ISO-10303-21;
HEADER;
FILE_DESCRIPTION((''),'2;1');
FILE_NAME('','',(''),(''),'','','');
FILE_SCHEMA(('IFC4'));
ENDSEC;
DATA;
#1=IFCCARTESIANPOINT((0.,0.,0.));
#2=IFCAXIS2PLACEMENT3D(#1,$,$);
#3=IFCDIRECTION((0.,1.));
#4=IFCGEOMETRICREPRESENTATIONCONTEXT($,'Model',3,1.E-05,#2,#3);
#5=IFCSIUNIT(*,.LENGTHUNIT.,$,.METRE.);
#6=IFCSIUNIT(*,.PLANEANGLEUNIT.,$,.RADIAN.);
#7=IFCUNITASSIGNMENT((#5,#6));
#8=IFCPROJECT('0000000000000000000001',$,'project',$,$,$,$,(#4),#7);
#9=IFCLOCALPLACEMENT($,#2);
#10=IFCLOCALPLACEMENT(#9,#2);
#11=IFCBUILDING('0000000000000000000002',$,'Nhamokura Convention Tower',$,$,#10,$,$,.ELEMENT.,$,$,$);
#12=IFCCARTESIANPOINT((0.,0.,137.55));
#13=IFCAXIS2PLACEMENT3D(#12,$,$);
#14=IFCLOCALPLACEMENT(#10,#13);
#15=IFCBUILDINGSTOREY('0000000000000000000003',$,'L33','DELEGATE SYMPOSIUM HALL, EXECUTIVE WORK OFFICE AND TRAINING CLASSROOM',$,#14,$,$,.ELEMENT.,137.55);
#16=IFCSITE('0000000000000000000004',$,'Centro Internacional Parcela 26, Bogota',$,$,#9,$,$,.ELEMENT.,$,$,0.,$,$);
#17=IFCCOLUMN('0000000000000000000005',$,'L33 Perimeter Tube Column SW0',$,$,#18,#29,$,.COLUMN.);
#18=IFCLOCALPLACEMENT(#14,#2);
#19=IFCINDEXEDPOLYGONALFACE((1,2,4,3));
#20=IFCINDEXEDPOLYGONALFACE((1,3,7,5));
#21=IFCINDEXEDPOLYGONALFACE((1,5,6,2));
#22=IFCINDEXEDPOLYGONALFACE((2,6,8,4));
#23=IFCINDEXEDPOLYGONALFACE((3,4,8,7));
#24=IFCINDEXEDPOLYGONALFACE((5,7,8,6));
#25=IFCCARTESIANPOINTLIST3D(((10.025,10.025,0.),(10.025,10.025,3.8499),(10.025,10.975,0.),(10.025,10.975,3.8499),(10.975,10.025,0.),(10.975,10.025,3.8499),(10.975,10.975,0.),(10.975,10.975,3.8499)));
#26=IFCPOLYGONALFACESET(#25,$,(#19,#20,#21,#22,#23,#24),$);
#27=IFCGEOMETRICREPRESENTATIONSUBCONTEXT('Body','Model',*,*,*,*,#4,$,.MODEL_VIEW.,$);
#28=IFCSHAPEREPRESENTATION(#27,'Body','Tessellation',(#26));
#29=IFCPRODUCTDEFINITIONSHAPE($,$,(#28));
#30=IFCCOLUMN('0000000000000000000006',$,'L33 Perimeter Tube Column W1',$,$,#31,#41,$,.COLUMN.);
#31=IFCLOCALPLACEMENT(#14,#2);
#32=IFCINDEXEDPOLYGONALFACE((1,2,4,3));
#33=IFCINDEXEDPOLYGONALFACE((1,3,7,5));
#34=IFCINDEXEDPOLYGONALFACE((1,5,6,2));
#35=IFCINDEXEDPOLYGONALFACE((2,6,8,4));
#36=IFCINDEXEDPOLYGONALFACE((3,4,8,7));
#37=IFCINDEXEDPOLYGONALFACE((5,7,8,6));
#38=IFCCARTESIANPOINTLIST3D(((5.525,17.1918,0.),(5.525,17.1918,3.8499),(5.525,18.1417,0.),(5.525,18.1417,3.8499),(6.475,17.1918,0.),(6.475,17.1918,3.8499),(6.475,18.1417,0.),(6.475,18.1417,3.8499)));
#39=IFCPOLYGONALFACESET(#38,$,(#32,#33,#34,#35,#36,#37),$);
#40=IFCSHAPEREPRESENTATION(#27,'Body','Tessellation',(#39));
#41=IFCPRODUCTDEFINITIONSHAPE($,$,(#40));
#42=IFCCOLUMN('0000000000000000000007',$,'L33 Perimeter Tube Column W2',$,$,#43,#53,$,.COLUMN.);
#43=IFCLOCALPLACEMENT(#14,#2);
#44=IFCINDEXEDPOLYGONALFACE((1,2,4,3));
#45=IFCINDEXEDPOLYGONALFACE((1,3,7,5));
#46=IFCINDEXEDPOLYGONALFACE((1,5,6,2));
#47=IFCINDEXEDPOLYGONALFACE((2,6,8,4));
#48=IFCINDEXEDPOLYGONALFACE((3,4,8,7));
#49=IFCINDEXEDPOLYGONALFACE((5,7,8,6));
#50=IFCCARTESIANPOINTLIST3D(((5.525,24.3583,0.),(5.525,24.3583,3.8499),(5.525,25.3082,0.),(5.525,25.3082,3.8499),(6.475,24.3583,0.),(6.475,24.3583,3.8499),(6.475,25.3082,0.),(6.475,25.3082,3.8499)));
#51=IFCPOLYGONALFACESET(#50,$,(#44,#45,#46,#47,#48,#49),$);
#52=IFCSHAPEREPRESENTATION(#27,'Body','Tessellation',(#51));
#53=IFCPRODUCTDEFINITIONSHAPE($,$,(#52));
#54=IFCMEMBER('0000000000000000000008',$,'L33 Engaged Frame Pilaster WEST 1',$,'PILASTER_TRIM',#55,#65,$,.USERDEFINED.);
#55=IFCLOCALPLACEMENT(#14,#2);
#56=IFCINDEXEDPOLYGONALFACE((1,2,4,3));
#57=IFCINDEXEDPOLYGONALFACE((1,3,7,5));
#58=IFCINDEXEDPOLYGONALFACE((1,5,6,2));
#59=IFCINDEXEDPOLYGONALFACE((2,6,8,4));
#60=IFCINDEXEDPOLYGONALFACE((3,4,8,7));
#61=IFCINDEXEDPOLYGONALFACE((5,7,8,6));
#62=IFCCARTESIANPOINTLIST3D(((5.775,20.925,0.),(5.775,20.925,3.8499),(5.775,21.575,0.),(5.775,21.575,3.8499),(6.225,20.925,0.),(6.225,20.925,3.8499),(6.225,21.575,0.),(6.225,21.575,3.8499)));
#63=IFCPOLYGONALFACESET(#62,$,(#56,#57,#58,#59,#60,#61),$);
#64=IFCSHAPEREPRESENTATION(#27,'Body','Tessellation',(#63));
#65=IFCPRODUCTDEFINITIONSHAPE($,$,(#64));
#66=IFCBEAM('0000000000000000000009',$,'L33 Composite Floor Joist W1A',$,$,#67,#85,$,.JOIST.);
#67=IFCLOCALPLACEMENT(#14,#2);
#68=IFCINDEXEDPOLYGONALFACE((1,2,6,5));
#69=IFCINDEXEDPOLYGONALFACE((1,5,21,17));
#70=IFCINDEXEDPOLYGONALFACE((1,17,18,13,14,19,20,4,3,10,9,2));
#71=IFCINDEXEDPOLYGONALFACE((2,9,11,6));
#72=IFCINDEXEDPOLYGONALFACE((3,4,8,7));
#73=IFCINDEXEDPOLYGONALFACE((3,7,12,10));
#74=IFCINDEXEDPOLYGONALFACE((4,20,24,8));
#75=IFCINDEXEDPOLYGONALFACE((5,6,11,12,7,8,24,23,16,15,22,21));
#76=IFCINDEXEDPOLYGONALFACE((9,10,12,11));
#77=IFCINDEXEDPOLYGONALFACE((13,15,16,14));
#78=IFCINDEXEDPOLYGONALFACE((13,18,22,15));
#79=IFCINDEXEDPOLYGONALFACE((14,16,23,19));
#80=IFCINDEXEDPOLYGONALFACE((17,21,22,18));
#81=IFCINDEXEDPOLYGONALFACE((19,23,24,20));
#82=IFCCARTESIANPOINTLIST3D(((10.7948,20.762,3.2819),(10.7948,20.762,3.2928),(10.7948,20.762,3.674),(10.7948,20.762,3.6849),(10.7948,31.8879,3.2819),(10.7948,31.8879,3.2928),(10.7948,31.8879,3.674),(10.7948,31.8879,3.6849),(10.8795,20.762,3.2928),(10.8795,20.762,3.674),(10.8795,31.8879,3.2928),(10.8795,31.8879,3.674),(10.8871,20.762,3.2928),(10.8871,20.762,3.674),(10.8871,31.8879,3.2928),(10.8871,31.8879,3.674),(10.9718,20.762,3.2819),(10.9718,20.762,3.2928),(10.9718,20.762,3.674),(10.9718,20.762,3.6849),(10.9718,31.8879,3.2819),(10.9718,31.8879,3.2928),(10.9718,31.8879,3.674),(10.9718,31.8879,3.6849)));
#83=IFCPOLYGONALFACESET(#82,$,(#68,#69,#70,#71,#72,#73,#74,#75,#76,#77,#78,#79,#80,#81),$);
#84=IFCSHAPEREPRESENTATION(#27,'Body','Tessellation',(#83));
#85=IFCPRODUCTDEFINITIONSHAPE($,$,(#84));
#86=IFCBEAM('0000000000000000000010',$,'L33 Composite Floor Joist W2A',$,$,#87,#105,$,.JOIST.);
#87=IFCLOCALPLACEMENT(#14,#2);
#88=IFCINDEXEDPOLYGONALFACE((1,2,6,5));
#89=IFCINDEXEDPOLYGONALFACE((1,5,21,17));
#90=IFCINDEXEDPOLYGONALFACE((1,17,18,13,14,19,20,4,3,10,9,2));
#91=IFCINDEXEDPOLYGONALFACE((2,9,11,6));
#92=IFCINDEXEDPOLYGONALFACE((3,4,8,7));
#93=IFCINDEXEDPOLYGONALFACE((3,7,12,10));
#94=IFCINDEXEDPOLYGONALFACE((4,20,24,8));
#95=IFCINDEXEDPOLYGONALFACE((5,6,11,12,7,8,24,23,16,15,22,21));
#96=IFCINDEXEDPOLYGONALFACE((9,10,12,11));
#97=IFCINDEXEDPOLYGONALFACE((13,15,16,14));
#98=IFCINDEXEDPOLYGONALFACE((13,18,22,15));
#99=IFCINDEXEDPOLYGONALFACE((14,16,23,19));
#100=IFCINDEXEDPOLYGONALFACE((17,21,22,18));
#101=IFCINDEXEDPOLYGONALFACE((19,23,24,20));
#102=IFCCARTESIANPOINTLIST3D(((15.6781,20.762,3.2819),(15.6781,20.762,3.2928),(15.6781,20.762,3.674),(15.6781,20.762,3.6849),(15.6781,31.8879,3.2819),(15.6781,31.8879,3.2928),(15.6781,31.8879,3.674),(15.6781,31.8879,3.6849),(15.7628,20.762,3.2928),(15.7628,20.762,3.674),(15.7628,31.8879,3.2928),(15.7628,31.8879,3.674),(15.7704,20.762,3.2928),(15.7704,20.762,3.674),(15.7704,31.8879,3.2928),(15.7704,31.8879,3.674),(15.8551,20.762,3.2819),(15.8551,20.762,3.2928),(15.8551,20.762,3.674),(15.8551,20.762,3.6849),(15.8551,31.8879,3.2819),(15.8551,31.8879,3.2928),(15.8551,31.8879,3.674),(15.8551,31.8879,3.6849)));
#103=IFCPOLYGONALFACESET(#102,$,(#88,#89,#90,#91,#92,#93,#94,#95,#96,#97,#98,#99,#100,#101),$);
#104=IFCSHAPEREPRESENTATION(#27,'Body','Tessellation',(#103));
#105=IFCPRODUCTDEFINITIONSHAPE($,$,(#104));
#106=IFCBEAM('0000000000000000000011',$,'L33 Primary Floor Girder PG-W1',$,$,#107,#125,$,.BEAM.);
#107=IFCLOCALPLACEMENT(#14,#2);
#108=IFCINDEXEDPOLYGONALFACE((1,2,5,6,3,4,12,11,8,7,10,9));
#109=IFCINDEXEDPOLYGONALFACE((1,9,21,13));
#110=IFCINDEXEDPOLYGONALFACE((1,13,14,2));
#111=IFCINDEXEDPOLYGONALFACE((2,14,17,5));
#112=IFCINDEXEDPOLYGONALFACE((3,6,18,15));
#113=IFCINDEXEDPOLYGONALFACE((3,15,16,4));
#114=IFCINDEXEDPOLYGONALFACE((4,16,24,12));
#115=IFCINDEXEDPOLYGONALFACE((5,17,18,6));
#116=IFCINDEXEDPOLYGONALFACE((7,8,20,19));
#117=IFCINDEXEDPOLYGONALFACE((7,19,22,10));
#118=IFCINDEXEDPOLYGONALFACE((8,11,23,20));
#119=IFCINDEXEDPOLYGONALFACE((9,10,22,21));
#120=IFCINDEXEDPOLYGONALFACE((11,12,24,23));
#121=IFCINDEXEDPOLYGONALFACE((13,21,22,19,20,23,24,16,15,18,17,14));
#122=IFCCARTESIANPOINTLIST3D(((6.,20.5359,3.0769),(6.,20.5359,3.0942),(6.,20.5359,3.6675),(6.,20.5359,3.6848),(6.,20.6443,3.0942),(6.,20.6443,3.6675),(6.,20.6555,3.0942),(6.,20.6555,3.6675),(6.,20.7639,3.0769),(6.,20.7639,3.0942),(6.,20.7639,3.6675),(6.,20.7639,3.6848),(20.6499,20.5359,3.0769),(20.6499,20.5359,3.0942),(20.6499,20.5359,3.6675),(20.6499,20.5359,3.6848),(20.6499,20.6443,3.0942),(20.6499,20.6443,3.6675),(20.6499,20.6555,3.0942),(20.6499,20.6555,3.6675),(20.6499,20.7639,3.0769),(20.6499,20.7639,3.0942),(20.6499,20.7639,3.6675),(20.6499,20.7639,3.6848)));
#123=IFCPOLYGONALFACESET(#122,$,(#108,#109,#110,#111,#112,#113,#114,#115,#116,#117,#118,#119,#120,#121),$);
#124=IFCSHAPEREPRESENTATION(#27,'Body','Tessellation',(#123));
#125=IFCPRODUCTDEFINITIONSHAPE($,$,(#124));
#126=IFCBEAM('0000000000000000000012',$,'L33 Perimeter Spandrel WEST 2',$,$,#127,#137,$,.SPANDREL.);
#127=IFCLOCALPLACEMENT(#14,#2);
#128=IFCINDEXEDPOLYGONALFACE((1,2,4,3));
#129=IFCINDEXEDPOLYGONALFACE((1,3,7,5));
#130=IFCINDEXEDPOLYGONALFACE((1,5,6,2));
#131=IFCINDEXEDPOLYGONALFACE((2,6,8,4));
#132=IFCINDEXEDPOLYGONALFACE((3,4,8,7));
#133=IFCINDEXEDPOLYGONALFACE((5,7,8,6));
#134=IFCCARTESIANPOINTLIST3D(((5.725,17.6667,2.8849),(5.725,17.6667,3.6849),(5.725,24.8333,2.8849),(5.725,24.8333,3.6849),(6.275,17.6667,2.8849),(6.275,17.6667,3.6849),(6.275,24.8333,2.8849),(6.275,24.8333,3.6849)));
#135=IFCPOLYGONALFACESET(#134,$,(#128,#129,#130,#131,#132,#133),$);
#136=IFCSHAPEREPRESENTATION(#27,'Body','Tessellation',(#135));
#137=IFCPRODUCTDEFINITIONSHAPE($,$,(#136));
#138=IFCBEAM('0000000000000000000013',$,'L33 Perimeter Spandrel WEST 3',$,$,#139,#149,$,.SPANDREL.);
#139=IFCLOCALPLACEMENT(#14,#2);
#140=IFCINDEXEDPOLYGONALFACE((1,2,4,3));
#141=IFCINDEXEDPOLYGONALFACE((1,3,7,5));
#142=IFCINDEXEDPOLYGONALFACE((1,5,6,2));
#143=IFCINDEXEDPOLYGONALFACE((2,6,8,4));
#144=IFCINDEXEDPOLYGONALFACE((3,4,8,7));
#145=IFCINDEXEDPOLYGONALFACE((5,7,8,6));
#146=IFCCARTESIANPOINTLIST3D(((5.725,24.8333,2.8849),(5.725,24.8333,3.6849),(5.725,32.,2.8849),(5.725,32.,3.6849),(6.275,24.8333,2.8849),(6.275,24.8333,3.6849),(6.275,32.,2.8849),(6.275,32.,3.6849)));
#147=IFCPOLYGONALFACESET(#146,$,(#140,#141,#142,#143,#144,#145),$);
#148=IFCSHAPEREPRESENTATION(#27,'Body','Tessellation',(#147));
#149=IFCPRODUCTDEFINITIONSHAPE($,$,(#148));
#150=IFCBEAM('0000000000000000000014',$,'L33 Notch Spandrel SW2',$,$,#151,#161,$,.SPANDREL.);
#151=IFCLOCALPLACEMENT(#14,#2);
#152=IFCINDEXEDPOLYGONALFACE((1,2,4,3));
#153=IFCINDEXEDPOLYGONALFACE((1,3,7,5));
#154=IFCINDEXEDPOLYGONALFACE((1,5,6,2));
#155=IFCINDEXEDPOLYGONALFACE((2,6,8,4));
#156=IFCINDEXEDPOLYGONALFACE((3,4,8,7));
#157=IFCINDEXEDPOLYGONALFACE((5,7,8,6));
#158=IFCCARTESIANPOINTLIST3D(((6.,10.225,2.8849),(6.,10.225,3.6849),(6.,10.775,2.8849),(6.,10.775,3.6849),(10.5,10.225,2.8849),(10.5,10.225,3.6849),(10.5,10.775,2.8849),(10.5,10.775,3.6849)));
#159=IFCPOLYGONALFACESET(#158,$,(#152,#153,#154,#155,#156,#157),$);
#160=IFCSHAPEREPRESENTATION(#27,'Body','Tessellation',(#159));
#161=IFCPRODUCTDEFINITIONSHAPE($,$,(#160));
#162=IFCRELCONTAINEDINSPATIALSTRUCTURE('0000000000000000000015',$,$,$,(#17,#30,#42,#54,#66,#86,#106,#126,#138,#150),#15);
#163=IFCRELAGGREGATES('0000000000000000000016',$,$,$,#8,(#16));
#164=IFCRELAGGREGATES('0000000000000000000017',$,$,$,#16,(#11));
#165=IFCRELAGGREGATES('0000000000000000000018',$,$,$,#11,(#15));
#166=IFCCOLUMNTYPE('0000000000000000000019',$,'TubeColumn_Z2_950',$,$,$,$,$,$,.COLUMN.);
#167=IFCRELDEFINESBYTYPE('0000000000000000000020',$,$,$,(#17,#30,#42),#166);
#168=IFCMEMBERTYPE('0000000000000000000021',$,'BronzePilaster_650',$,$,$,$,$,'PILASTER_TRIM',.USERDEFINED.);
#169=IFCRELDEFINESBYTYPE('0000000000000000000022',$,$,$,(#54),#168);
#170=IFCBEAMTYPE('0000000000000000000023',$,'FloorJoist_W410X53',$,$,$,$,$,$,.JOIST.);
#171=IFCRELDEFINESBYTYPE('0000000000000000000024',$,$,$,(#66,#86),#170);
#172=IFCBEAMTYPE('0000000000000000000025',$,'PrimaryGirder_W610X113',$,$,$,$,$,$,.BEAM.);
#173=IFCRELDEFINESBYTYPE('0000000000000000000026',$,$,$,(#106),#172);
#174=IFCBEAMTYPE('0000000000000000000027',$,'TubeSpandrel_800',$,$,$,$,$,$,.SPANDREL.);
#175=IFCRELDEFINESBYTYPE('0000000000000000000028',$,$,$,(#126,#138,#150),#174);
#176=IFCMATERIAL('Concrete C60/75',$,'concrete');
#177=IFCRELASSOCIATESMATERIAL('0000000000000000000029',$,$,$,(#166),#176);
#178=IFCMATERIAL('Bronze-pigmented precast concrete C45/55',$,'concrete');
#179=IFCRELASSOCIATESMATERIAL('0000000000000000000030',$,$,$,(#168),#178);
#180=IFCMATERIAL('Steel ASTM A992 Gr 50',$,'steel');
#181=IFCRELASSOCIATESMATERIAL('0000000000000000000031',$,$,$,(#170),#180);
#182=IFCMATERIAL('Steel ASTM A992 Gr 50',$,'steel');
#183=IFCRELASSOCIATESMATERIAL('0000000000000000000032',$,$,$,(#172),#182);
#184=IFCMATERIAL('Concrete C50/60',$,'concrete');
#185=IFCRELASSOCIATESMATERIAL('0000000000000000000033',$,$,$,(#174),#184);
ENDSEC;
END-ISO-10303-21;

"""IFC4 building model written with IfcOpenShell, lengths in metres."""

from ifc_helpers import new_model, si_unit, direction, frame, origin, origin_2d, place, context, subcontext, project, spatial, rectangle, i_section, extrude, material, material_profile, profile_set, type_object, element, save


model = new_model("IFC4")

# Units and contexts
model_context = context("Model", 3, precision=1e-05, world=origin(), true_north=direction((0.0, 1.0)))
body_context = subcontext(model_context, "Body", "Model", "MODEL_VIEW")
ifc_project = project(units=[si_unit("LENGTHUNIT", "METRE"), si_unit("PLANEANGLEUNIT", "RADIAN")], contexts=[model_context])

# Site, building, storey
site_placement = place(None, origin())
site = spatial("IfcSite", under=ifc_project, at=site_placement, Name="Centro Internacional Parcela 26, Bogota", CompositionType="ELEMENT", RefElevation=0.0)
building_placement = place(site_placement, origin())
building = spatial("IfcBuilding", under=site, at=building_placement, Name="Nhamokura Convention Tower", CompositionType="ELEMENT")
storey_placement = place(building_placement, frame((0.0, 0.0, 137.55)))
storey = spatial("IfcBuildingStorey", under=building, at=storey_placement, Name="L33", Description="DELEGATE SYMPOSIUM HALL, EXECUTIVE WORK OFFICE AND TRAINING CLASSROOM", CompositionType="ELEMENT", Elevation=137.55)

# Columns
ifc_material_1 = material(Name="Concrete C60/75", Category="concrete")
ifc_material_profile_1 = material_profile(ifc_material_1, rectangle(XDim=0.95, YDim=0.95, at=origin_2d()))
ifc_profile_set_1 = profile_set([ifc_material_profile_1], Name="Concrete C60/75")
column_type = type_object("IfcColumnType", Name="TubeColumn_Z2_950", PredefinedType="COLUMN", material=ifc_profile_set_1)
for number, where, z_axis, x_axis, name in (
    (1, (10.5, 10.5, 0.0), (0.0, 0.0, 1.0), (1.0, 0.0, 0.0), "L33 Perimeter Tube Column SW0"),
    (2, (6.0, 17.6667, 0.0), (0.0, 0.0, 1.0), (1.0, 0.0, 0.0), "L33 Perimeter Tube Column W1"),
    (3, (6.0, 24.8333, 0.0), (0.0, 0.0, 1.0), (1.0, 0.0, 0.0), "L33 Perimeter Tube Column W2"),
):
    element("IfcColumn", number, at=place(storey_placement, frame(where, z_axis=z_axis, x_axis=x_axis)), inside=storey, type_object=column_type, Name=name, PredefinedType="COLUMN", context=body_context, shape_type="SweptSolid", body=[
        extrude(rectangle(XDim=0.95, YDim=0.95, at=origin_2d()), origin(), (0.0, 0.0, 1.0), 3.8499),
    ])

# Member
ifc_material_2 = material(Name="Bronze-pigmented precast concrete C45/55", Category="concrete")
ifc_material_profile_2 = material_profile(ifc_material_2, rectangle(XDim=0.45, YDim=0.6499, at=origin_2d()))
ifc_profile_set_2 = profile_set([ifc_material_profile_2], Name="Bronze-pigmented precast concrete C45/55")
member_type = type_object("IfcMemberType", Name="BronzePilaster_650", ElementType="PILASTER_TRIM", PredefinedType="USERDEFINED", material=ifc_profile_set_2)
member_placement = place(storey_placement, frame((6.0, 21.25, 0.0), z_axis=(0.0, 0.0, 1.0), x_axis=(1.0, 0.0, 0.0)))
element("IfcMember", 4, at=member_placement, inside=storey, type_object=member_type, Name="L33 Engaged Frame Pilaster WEST 1", ObjectType="PILASTER_TRIM", PredefinedType="USERDEFINED", context=body_context, shape_type="SweptSolid", body=[
    extrude(rectangle(XDim=0.45, YDim=0.6499, at=origin_2d()), origin(), (0.0, 0.0, 1.0), 3.8499),
])

# Beams
ifc_material_3 = material(Name="Steel ASTM A992 Gr 50", Category="steel")
ifc_material_profile_3 = material_profile(ifc_material_3, i_section(OverallWidth=0.177, OverallDepth=0.4031, WebThickness=0.0076, FlangeThickness=0.011, at=origin_2d()))
ifc_profile_set_3 = profile_set([ifc_material_profile_3], Name="Steel ASTM A992 Gr 50")
beam_type_1 = type_object("IfcBeamType", Name="FloorJoist_W410X53", PredefinedType="JOIST", material=ifc_profile_set_3)
for number, where, z_axis, x_axis, name in (
    (5, (10.8833, 20.762, 3.4834), (0.0, 1.0, 0.0), (-1.0, 0.0, 0.0), "L33 Composite Floor Joist W1A"),
    (6, (15.7666, 20.762, 3.4834), (0.0, 1.0, 0.0), (-1.0, 0.0, 0.0), "L33 Composite Floor Joist W2A"),
):
    element("IfcBeam", number, at=place(storey_placement, frame(where, z_axis=z_axis, x_axis=x_axis)), inside=storey, type_object=beam_type_1, Name=name, PredefinedType="JOIST", context=body_context, shape_type="SweptSolid", body=[
        extrude(i_section(OverallWidth=0.177, OverallDepth=0.4031, WebThickness=0.0076, FlangeThickness=0.011, at=origin_2d()), origin(), (0.0, 0.0, 1.0), 11.126),
    ])
ifc_material_4 = material(Name="Steel ASTM A992 Gr 50", Category="steel")
ifc_material_profile_4 = material_profile(ifc_material_4, i_section(OverallWidth=0.228, OverallDepth=0.6079, WebThickness=0.0112, FlangeThickness=0.0173, at=origin_2d()))
ifc_profile_set_4 = profile_set([ifc_material_profile_4], Name="Steel ASTM A992 Gr 50")
beam_type_2 = type_object("IfcBeamType", Name="PrimaryGirder_W610X113", PredefinedType="BEAM", material=ifc_profile_set_4)
beam_1_placement = place(storey_placement, frame((6.0, 20.6499, 3.3809), z_axis=(1.0, 0.0, 0.0), x_axis=(0.0, 1.0, 0.0)))
element("IfcBeam", 7, at=beam_1_placement, inside=storey, type_object=beam_type_2, Name="L33 Primary Floor Girder PG-W1", PredefinedType="BEAM", context=body_context, shape_type="SweptSolid", body=[
    extrude(i_section(OverallWidth=0.228, OverallDepth=0.6079, WebThickness=0.0112, FlangeThickness=0.0173, at=origin_2d()), origin(), (0.0, 0.0, 1.0), 14.6499),
])
ifc_material_5 = material(Name="Concrete C50/60", Category="concrete")
ifc_material_profile_5 = material_profile(ifc_material_5, rectangle(XDim=0.55, YDim=0.8, at=origin_2d()))
ifc_profile_set_5 = profile_set([ifc_material_profile_5], Name="Concrete C50/60")
beam_type_3 = type_object("IfcBeamType", Name="TubeSpandrel_800", PredefinedType="SPANDREL", material=ifc_profile_set_5)
beam_2_placement = place(storey_placement, frame((6.0, 17.6667, 3.2849), z_axis=(0.0, 1.0, 0.0), x_axis=(-1.0, 0.0, 0.0)))
element("IfcBeam", 8, at=beam_2_placement, inside=storey, type_object=beam_type_3, Name="L33 Perimeter Spandrel WEST 2", PredefinedType="SPANDREL", context=body_context, shape_type="SweptSolid", body=[
    extrude(rectangle(XDim=0.55, YDim=0.8, at=origin_2d()), origin(), (0.0, 0.0, 1.0), 7.1665),
])
beam_3_placement = place(storey_placement, frame((6.0, 24.8333, 3.2849), z_axis=(0.0, 1.0, 0.0), x_axis=(-1.0, 0.0, 0.0)))
element("IfcBeam", 9, at=beam_3_placement, inside=storey, type_object=beam_type_3, Name="L33 Perimeter Spandrel WEST 3", PredefinedType="SPANDREL", context=body_context, shape_type="SweptSolid", body=[
    extrude(rectangle(XDim=0.55, YDim=0.8, at=origin_2d()), origin(), (0.0, 0.0, 1.0), 7.1667),
])
beam_4_placement = place(storey_placement, frame((10.5, 10.5, 3.2849), z_axis=(-1.0, 0.0, 0.0), x_axis=(0.0, -1.0, 0.0)))
element("IfcBeam", 10, at=beam_4_placement, inside=storey, type_object=beam_type_3, Name="L33 Notch Spandrel SW2", PredefinedType="SPANDREL", context=body_context, shape_type="SweptSolid", body=[
    extrude(rectangle(XDim=0.55, YDim=0.8, at=origin_2d()), origin(), (0.0, 0.0, 1.0), 4.5),
])

save(model, "model.ifc")
